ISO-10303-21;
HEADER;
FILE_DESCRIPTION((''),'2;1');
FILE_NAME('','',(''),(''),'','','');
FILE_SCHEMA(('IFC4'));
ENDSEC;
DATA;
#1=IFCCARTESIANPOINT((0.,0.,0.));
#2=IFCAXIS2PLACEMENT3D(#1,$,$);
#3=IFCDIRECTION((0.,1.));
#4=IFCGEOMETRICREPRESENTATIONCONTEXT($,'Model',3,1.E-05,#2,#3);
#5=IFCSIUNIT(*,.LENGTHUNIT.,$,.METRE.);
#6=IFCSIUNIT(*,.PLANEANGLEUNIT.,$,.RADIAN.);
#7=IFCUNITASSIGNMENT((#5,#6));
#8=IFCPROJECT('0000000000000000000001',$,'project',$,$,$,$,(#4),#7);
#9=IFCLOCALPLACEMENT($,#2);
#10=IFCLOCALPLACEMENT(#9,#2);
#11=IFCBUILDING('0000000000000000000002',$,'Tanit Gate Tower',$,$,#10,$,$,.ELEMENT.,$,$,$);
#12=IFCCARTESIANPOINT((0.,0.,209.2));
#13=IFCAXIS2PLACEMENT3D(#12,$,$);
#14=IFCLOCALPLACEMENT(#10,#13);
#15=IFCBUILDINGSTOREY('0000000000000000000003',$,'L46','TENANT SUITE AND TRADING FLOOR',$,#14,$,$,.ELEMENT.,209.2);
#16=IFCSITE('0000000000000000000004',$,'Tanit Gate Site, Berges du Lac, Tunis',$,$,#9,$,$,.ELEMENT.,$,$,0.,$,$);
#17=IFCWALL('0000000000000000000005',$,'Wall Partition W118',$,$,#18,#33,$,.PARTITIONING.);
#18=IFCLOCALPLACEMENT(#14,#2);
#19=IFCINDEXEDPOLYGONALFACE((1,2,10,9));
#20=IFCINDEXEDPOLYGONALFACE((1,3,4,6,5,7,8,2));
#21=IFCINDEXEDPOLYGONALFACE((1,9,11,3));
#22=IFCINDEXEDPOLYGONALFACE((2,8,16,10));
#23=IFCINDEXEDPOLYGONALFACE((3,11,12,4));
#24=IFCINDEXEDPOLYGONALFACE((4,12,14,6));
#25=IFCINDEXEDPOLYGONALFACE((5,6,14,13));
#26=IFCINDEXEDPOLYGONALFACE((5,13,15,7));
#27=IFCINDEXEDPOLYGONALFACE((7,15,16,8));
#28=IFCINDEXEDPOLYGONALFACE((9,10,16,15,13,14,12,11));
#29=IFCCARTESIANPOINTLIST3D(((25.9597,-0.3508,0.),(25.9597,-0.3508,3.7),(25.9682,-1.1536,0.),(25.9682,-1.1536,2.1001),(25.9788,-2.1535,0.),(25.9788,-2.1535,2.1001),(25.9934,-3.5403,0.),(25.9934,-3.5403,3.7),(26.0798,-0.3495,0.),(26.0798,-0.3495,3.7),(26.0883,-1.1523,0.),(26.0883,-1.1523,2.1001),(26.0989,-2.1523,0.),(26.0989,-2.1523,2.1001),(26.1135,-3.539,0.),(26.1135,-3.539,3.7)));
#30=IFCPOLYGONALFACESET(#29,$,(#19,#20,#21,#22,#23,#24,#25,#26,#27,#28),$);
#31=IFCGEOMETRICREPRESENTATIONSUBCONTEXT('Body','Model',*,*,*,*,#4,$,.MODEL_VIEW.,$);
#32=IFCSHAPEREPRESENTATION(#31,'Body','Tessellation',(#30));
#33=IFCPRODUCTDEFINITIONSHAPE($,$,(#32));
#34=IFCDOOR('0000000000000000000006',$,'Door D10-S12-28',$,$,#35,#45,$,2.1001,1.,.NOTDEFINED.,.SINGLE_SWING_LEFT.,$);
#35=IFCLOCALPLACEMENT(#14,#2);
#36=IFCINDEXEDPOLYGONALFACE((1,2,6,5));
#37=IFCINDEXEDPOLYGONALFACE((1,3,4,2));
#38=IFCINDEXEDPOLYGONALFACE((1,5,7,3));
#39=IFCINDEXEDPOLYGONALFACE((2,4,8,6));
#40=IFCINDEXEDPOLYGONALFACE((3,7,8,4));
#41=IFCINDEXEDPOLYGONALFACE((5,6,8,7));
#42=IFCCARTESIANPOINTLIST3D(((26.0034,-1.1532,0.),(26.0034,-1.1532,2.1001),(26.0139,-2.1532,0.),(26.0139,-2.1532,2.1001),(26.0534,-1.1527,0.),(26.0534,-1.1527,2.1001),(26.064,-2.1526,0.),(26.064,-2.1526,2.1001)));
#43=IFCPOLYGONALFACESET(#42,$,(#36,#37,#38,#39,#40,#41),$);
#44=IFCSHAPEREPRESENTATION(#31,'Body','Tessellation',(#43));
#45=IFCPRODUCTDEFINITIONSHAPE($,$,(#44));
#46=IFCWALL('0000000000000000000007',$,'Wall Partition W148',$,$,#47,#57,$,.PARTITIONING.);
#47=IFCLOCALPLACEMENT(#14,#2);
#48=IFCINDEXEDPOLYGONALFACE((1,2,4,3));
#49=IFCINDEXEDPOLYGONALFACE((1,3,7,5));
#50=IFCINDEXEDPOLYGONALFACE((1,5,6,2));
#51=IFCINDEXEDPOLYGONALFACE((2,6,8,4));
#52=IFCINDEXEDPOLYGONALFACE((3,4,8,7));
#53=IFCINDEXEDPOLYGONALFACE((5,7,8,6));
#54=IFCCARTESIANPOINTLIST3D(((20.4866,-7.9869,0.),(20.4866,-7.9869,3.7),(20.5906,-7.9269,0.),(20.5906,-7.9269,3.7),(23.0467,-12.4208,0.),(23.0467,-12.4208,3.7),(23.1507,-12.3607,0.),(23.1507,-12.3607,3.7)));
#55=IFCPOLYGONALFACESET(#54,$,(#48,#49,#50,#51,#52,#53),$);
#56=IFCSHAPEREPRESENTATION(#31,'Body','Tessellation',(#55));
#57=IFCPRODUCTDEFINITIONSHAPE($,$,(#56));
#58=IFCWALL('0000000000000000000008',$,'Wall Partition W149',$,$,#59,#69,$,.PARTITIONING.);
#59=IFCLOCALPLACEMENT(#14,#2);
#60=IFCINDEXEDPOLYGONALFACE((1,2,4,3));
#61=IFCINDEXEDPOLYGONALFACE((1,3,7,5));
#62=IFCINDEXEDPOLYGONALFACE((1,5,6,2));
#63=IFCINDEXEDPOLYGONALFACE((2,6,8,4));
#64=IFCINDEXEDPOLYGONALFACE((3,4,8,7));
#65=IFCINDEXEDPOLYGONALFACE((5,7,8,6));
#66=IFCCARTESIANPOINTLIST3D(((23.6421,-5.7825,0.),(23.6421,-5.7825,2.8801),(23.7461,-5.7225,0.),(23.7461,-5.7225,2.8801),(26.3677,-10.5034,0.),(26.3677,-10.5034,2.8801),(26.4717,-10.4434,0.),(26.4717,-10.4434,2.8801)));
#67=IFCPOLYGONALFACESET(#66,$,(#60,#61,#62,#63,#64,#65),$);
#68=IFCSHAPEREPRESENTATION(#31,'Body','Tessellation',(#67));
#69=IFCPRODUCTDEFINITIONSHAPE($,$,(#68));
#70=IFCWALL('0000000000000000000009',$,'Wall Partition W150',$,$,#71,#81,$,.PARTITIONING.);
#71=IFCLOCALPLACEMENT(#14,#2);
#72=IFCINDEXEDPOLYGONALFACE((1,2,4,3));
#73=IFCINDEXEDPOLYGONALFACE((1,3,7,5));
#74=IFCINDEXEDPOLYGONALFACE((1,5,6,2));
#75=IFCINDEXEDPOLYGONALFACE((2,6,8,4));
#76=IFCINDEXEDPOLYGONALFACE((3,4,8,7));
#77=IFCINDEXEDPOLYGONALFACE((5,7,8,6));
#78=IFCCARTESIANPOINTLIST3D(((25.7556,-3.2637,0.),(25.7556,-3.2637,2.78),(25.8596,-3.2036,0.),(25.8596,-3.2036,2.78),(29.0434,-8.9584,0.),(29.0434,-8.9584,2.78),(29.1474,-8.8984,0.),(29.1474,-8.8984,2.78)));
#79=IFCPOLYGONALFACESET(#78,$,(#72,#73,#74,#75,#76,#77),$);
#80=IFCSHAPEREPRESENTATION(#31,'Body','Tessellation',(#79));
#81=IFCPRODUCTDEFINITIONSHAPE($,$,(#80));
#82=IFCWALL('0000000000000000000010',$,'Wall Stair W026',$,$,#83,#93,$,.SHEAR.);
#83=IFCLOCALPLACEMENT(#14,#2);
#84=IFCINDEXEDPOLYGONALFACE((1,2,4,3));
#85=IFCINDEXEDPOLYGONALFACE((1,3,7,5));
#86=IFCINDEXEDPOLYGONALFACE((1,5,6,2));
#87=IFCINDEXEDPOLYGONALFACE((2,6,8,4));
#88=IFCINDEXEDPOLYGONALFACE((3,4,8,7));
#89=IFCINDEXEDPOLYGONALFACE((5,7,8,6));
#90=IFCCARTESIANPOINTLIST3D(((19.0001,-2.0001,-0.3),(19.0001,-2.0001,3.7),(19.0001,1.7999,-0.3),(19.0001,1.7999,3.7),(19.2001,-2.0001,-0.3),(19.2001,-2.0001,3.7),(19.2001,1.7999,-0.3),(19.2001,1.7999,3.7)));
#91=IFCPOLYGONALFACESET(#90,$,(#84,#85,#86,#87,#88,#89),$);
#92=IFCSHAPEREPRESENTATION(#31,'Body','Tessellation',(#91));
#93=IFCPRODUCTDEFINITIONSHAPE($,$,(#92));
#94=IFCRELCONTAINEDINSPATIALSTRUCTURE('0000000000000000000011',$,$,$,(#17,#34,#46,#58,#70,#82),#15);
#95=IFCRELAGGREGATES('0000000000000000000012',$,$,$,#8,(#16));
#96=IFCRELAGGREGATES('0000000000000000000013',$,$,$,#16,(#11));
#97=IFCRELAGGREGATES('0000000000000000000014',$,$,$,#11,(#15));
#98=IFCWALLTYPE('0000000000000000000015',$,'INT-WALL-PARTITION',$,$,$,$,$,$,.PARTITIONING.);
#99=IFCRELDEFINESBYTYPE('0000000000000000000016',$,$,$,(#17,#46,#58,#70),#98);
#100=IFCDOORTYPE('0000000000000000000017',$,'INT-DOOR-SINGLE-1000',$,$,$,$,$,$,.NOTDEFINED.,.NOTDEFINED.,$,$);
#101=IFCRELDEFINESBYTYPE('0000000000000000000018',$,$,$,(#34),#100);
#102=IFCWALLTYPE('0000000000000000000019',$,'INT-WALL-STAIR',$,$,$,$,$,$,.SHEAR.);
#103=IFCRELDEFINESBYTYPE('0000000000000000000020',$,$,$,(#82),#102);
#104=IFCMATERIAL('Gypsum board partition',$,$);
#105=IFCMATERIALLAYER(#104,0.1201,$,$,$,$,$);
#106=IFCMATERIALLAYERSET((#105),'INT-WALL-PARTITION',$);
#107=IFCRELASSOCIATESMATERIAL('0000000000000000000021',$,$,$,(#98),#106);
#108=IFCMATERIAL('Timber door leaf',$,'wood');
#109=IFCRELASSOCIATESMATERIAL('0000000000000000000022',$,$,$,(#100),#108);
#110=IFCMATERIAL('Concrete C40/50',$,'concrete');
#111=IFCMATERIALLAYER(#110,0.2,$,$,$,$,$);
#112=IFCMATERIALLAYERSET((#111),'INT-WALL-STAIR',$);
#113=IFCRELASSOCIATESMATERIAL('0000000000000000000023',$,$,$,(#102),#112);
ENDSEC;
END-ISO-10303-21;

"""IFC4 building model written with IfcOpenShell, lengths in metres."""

from ifc_helpers import new_model, si_unit, direction, frame, frame_2d, origin, place, context, subcontext, project, spatial, rectangle, extrude, material, layer, layer_set, type_object, element, fill, save


model = new_model("IFC4")

# Units and contexts
model_context = context("Model", 3, precision=1e-05, world=origin(), true_north=direction((0.0, 1.0)))
body_context = subcontext(model_context, "Body", "Model", "MODEL_VIEW")
ifc_project = project(units=[si_unit("LENGTHUNIT", "METRE"), si_unit("PLANEANGLEUNIT", "RADIAN")], contexts=[model_context])

# Site, building, storey
site_placement = place(None, origin())
site = spatial("IfcSite", under=ifc_project, at=site_placement, Name="Tanit Gate Site, Berges du Lac, Tunis", CompositionType="ELEMENT", RefElevation=0.0)
building_placement = place(site_placement, origin())
building = spatial("IfcBuilding", under=site, at=building_placement, Name="Tanit Gate Tower", CompositionType="ELEMENT")
storey_placement = place(building_placement, frame((0.0, 0.0, 209.2)))
storey = spatial("IfcBuildingStorey", under=building, at=storey_placement, Name="L46", Description="TENANT SUITE AND TRADING FLOOR", CompositionType="ELEMENT", Elevation=209.2)

# Shared definitions
ifc_material_1 = material(Name="Gypsum board partition")
ifc_layer_1 = layer(ifc_material_1, 0.1201)
ifc_layer_set_1 = layer_set([ifc_layer_1], Name="INT-WALL-PARTITION")
wall_type_1 = type_object("IfcWallType", Name="INT-WALL-PARTITION", PredefinedType="PARTITIONING", material=ifc_layer_set_1)

# Wall, opening, door
wall_1_placement = place(storey_placement, frame((26.0535, -3.5396, 0.0), z_axis=(0.0, 0.0, 1.0), x_axis=(-0.010563, 0.999944, 0.0)))
wall_1 = element("IfcWall", 1, at=wall_1_placement, inside=storey, type_object=wall_type_1, Name="Wall Partition W118", PredefinedType="PARTITIONING", context=body_context, shape_type="SweptSolid", body=[
    extrude(rectangle(XDim=3.1897, YDim=0.1201, at=frame_2d((1.5947, 0.0))), origin(), (0.0, 0.0, 1.0), 3.7),
])
opening_1_placement = place(wall_1_placement, frame((1.3867, 0.0, 0.0)))
opening_1 = element("IfcOpeningElement", 2, at=opening_1_placement, cuts=wall_1, PredefinedType="OPENING", context=body_context, shape_type="SweptSolid", body=[
    extrude(rectangle(XDim=1.0, YDim=2.1001, at=frame_2d((0.5, 1.05))), frame((0.0, 0.0701, 0.0), z_axis=(0.0, -1.0, 0.0), x_axis=(1.0, 0.0, 0.0)), (0.0, 0.0, 1.0), 0.1401),
])
ifc_material_2 = material(Name="Timber door leaf", Category="wood")
door_type_1 = type_object("IfcDoorType", Name="INT-DOOR-SINGLE-1000", OperationType="NOTDEFINED", PredefinedType="NOTDEFINED", material=ifc_material_2)
door_1_placement = place(opening_1_placement, origin())
door_1 = element("IfcDoor", 3, at=door_1_placement, inside=storey, type_object=door_type_1, Name="Door D10-S12-28", OperationType="SINGLE_SWING_LEFT", OverallHeight=2.1001, OverallWidth=1.0, PredefinedType="NOTDEFINED", context=body_context, shape_type="SweptSolid", body=[
    extrude(rectangle(XDim=1.0, YDim=2.1001, at=frame_2d((0.5, 1.05))), frame((0.0, 0.0249, 0.0), z_axis=(0.0, -1.0, 0.0), x_axis=(1.0, 0.0, 0.0)), (0.0, 0.0, 1.0), 0.05),
])
fill(opening_1, door_1)

# Walls
wall_2_placement = place(storey_placement, frame((20.5386, -7.9568, 0.0), z_axis=(0.0, 0.0, 1.0), x_axis=(0.500027, -0.86601, 0.0)))
element("IfcWall", 4, at=wall_2_placement, inside=storey, type_object=wall_type_1, Name="Wall Partition W148", PredefinedType="PARTITIONING", context=body_context, shape_type="SweptSolid", body=[
    extrude(rectangle(XDim=5.1199, YDim=0.1201, at=frame_2d((2.5601, 0.0))), origin(), (0.0, 0.0, 1.0), 3.7),
])
wall_3_placement = place(storey_placement, frame((26.4197, -10.4734, 0.0), z_axis=(0.0, 0.0, 1.0), x_axis=(-0.499993, 0.86603, 0.0)))
element("IfcWall", 5, at=wall_3_placement, inside=storey, type_object=wall_type_1, Name="Wall Partition W149", PredefinedType="PARTITIONING", context=body_context, shape_type="SweptSolid", body=[
    extrude(rectangle(XDim=5.4512, YDim=0.1201, at=frame_2d((2.7256, 0.0))), origin(), (0.0, 0.0, 1.0), 2.8801),
])
wall_4_placement = place(storey_placement, frame((25.8076, -3.2336, 0.0), z_axis=(0.0, 0.0, 1.0), x_axis=(0.499992, -0.86603, 0.0)))
element("IfcWall", 6, at=wall_4_placement, inside=storey, type_object=wall_type_1, Name="Wall Partition W150", PredefinedType="PARTITIONING", context=body_context, shape_type="SweptSolid", body=[
    extrude(rectangle(XDim=6.5757, YDim=0.1201, at=frame_2d((3.2878, 0.0))), origin(), (0.0, 0.0, 1.0), 2.78),
])
ifc_material_3 = material(Name="Concrete C40/50", Category="concrete")
ifc_layer_2 = layer(ifc_material_3, 0.2)
ifc_layer_set_2 = layer_set([ifc_layer_2], Name="INT-WALL-STAIR")
wall_type_2 = type_object("IfcWallType", Name="INT-WALL-STAIR", PredefinedType="SHEAR", material=ifc_layer_set_2)
wall_5_placement = place(storey_placement, frame((19.1001, -2.0, -0.3), z_axis=(0.0, 0.0, 1.0), x_axis=(0.0, 1.0, 0.0)))
element("IfcWall", 7, at=wall_5_placement, inside=storey, type_object=wall_type_2, Name="Wall Stair W026", PredefinedType="SHEAR", context=body_context, shape_type="SweptSolid", body=[
    extrude(rectangle(XDim=3.8, YDim=0.2, at=frame_2d((1.8999, 0.0))), origin(), (0.0, 0.0, 1.0), 4.0),
])

save(model, "model.ifc")
